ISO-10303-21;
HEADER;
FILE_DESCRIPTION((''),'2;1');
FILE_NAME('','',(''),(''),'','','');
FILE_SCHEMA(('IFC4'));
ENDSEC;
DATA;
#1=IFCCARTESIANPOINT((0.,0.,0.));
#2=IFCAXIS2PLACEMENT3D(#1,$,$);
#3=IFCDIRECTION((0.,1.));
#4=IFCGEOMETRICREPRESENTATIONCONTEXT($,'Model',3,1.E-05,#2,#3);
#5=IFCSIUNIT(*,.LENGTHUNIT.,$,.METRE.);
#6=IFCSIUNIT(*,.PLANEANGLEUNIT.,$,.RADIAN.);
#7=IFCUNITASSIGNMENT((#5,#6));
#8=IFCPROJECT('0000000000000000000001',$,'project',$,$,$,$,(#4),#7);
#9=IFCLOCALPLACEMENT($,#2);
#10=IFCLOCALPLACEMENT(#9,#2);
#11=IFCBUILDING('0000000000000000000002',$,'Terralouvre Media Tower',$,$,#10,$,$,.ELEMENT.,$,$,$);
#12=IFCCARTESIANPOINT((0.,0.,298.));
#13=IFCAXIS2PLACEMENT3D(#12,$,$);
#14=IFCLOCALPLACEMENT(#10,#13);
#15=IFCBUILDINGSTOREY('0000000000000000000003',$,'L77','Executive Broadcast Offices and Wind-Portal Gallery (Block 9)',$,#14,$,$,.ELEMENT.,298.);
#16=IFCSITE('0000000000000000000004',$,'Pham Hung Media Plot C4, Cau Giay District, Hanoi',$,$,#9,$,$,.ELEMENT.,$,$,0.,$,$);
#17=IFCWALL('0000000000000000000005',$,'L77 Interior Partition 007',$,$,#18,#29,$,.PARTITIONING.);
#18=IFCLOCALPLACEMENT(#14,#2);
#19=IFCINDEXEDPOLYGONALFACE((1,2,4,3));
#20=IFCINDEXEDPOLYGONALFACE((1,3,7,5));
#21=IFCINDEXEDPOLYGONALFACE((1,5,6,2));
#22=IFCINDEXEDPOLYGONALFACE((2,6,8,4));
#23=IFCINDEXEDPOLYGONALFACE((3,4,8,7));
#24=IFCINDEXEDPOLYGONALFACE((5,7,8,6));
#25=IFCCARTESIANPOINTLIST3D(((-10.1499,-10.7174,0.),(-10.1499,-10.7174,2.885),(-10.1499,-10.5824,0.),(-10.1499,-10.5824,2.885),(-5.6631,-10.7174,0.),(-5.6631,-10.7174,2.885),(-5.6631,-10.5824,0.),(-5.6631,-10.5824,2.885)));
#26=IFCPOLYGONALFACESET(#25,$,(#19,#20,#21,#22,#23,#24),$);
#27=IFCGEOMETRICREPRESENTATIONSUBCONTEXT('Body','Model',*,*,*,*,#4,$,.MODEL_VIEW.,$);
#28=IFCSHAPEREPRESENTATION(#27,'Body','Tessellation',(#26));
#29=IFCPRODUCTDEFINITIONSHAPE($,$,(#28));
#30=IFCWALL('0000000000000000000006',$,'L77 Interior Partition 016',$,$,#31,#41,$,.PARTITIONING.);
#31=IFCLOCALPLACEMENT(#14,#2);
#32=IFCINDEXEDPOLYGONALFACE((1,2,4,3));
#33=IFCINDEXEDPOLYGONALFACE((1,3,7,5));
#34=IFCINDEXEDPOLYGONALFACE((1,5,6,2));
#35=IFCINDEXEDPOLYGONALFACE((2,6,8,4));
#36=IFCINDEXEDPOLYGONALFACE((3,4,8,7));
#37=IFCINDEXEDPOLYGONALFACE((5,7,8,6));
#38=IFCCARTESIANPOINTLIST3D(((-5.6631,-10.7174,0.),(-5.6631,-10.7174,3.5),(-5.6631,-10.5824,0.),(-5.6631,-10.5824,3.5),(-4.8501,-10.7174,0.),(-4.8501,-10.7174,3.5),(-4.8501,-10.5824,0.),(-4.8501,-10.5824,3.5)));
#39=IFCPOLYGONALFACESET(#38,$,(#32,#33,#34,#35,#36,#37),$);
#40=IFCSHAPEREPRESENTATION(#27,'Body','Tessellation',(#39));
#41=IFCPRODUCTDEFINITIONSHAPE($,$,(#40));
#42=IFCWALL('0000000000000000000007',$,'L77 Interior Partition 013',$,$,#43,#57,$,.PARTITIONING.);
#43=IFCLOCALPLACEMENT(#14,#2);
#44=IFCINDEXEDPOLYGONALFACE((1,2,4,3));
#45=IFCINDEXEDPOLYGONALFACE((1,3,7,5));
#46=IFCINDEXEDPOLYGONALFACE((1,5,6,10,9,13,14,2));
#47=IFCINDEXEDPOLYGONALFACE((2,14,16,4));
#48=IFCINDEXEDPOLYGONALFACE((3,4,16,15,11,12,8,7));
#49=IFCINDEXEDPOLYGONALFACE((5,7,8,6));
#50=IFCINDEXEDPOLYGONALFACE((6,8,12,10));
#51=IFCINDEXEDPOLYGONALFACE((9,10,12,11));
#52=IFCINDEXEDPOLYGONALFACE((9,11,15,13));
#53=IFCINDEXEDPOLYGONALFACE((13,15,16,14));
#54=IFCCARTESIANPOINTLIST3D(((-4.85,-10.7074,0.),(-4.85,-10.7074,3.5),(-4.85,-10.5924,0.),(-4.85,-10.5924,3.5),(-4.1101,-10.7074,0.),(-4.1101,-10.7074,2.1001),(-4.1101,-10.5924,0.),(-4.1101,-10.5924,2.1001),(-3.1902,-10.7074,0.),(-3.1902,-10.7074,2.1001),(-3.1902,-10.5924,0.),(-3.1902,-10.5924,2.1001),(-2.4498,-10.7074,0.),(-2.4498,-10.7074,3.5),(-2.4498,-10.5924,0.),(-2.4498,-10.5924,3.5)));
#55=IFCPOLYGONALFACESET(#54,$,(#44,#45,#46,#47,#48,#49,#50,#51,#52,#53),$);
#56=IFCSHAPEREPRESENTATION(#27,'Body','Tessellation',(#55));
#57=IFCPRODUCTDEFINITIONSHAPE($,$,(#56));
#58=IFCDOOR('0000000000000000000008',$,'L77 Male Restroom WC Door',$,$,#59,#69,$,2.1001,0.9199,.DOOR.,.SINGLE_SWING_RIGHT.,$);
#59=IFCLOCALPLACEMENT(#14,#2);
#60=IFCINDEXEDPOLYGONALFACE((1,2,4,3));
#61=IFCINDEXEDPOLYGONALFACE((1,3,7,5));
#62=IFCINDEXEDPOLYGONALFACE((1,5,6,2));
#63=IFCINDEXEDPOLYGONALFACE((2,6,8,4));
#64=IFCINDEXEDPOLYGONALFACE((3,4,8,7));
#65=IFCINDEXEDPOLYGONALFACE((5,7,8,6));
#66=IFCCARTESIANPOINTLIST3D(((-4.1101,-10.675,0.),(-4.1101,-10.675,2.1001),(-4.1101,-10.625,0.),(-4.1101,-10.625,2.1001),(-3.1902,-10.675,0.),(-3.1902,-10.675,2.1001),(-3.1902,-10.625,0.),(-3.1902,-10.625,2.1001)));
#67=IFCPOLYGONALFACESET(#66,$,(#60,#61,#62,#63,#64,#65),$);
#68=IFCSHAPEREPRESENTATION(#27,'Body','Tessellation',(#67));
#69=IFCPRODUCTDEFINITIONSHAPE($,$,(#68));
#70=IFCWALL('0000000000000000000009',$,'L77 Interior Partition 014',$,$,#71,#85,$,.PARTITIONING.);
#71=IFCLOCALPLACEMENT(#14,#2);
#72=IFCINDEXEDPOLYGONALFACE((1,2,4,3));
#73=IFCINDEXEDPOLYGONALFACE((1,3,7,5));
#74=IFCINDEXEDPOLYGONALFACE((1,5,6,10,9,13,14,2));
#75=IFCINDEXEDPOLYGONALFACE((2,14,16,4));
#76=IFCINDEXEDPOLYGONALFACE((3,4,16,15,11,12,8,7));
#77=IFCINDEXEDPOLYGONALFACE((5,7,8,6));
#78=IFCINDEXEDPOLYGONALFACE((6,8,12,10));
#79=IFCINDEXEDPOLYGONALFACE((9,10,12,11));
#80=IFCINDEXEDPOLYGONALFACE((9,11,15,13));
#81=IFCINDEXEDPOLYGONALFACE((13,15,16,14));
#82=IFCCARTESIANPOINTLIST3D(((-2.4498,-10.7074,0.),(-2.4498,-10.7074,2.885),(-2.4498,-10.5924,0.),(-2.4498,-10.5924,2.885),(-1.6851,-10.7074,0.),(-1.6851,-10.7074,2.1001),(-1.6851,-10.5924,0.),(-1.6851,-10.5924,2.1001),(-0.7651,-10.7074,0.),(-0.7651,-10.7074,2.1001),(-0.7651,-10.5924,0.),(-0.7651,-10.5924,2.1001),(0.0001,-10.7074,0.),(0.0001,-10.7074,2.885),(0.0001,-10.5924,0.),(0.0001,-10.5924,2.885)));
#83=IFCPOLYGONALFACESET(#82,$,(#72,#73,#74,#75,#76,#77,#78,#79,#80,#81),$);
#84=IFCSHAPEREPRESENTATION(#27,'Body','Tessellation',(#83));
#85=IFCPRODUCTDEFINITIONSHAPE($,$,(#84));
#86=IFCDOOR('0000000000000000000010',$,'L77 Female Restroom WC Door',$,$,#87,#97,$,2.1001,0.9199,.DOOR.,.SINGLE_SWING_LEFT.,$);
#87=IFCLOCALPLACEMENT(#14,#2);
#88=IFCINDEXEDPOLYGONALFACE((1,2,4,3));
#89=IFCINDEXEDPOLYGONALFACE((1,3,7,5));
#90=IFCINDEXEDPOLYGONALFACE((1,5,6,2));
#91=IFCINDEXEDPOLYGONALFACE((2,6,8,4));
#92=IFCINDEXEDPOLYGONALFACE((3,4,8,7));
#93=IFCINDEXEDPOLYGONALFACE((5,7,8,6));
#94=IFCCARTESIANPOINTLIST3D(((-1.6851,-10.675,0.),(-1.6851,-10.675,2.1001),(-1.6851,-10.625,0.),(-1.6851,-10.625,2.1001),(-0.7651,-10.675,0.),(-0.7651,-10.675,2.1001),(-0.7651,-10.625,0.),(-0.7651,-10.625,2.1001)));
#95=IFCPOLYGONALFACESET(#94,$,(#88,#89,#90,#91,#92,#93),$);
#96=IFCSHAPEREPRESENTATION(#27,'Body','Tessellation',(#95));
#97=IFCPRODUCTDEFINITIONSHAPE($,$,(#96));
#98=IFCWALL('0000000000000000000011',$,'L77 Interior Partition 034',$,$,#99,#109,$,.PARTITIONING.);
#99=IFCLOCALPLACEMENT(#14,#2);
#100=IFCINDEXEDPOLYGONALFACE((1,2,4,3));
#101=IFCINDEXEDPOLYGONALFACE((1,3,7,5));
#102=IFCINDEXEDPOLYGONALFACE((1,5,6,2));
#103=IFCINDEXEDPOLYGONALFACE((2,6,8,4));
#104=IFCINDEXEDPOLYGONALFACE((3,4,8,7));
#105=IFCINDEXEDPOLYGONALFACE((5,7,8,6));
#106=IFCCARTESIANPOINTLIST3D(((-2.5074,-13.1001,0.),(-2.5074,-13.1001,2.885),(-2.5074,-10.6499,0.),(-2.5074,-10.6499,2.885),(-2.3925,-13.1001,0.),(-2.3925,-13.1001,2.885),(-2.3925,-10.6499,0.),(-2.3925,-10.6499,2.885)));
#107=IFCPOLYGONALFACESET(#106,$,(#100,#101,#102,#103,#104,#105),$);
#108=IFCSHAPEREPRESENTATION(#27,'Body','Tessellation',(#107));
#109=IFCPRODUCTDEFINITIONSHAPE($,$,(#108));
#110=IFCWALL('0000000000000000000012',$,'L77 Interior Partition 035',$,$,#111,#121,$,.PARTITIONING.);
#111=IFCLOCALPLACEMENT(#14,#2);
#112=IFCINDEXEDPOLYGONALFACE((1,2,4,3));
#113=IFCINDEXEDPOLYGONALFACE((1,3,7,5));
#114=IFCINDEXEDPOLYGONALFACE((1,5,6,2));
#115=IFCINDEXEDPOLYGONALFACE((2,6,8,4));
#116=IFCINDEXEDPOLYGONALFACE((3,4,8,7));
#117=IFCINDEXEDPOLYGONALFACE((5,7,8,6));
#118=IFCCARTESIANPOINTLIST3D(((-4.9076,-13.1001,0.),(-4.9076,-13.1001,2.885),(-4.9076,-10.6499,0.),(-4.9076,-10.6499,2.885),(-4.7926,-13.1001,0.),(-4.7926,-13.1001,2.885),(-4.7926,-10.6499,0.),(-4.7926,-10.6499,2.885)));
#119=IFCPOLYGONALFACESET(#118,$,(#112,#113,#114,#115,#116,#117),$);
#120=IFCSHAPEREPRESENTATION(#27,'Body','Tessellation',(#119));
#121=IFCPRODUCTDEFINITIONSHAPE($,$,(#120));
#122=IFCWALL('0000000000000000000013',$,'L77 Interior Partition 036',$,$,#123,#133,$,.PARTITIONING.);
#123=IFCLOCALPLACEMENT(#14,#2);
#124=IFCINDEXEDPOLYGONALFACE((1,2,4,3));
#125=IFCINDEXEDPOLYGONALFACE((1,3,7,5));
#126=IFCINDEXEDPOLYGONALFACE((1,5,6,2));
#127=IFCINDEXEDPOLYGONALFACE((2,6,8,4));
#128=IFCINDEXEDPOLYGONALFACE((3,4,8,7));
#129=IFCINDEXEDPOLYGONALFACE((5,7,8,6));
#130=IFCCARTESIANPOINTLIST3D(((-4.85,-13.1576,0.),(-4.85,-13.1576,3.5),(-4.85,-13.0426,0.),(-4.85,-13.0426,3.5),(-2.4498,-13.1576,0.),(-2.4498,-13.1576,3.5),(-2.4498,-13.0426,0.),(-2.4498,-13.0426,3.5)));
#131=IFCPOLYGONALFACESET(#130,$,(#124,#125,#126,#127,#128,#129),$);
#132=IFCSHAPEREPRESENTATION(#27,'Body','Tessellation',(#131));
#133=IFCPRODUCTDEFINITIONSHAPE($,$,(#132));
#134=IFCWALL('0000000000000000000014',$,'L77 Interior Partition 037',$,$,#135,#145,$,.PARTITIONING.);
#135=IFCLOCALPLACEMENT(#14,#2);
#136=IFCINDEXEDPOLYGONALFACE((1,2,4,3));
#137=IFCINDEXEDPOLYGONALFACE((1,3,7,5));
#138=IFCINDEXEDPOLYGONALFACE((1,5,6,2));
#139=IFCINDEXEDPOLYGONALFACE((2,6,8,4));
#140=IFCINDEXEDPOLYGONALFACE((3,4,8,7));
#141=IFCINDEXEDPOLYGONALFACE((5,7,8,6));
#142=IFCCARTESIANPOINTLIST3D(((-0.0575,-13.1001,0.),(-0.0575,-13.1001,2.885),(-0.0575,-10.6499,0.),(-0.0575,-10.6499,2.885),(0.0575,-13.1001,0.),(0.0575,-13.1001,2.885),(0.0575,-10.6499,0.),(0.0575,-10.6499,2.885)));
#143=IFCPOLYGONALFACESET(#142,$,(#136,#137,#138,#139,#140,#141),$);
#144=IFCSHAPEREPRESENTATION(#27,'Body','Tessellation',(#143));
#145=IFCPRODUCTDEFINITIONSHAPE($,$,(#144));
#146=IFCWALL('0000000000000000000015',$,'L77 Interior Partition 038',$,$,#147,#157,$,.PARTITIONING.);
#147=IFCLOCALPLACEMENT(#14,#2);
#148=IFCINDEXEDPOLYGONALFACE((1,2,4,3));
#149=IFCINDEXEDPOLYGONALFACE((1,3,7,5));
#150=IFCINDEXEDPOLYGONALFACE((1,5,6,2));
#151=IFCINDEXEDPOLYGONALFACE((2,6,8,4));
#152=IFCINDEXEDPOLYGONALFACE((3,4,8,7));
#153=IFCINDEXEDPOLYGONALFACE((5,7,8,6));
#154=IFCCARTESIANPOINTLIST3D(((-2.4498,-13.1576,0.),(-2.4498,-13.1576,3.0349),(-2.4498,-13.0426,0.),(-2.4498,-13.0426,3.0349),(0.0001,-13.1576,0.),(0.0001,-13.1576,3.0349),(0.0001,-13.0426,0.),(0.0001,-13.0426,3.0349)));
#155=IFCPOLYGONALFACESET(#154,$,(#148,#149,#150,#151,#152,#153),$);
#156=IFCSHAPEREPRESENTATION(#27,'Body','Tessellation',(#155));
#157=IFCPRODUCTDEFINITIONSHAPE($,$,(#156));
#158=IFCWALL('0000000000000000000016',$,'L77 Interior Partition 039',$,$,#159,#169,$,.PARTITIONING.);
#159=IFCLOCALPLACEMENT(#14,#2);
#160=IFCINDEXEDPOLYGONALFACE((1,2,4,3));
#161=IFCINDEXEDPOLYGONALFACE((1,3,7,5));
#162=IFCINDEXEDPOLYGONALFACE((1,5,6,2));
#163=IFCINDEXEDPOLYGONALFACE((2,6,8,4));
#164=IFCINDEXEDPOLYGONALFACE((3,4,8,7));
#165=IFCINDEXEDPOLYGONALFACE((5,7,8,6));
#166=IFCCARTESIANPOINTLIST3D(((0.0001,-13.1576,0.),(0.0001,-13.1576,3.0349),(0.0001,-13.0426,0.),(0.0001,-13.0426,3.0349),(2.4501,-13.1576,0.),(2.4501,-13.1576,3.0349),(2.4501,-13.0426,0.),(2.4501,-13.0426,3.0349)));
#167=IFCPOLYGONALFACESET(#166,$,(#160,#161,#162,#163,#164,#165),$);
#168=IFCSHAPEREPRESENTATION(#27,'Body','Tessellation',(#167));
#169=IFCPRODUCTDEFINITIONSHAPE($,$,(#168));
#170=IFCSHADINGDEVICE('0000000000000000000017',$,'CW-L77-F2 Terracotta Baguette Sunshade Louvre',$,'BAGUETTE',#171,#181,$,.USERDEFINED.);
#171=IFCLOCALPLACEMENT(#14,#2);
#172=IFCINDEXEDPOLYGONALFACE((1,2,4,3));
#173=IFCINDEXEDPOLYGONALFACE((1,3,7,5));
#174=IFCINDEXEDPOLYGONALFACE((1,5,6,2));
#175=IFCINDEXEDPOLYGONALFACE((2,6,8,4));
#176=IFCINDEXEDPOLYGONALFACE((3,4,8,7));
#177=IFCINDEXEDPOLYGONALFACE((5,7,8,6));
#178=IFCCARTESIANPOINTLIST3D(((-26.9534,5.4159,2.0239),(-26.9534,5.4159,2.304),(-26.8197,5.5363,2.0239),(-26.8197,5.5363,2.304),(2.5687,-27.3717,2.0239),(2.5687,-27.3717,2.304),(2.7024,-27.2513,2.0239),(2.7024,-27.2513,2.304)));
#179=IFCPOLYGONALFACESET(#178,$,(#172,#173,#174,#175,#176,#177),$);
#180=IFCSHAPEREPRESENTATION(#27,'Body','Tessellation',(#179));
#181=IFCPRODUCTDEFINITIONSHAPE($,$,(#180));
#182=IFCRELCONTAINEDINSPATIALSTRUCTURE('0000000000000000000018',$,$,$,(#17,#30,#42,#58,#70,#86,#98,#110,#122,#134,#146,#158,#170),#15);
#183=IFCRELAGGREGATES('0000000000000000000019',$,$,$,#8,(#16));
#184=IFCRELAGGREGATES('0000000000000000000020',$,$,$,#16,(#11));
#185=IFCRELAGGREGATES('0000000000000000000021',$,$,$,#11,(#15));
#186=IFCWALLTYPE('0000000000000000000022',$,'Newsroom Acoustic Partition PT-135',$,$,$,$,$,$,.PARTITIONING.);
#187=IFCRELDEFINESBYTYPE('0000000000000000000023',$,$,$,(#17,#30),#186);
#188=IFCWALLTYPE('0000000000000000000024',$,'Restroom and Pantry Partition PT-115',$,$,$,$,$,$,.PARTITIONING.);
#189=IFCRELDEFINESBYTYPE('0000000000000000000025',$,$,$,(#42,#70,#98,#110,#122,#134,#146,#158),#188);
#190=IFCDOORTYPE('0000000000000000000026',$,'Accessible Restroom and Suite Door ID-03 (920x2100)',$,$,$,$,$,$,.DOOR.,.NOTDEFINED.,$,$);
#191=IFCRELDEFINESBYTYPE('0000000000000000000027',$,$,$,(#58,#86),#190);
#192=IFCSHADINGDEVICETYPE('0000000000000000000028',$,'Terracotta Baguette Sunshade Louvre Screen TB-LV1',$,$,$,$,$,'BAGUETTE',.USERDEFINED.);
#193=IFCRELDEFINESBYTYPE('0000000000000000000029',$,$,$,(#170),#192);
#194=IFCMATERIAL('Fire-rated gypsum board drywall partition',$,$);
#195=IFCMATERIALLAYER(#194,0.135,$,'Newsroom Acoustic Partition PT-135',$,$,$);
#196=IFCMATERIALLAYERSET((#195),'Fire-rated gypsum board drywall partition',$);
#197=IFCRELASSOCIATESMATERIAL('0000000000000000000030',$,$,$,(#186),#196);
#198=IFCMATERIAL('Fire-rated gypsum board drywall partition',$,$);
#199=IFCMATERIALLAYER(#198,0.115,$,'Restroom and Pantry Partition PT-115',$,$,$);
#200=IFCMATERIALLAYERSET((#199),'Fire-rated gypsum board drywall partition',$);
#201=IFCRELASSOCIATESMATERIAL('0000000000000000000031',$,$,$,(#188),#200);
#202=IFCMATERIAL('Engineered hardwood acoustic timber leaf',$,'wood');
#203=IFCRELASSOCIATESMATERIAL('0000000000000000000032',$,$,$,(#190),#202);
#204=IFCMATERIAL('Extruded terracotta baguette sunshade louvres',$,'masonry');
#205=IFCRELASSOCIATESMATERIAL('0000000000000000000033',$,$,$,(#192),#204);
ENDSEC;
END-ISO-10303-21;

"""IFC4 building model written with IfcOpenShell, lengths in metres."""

from ifc_helpers import new_model, si_unit, direction, frame, frame_2d, origin, origin_2d, place, context, subcontext, project, spatial, rectangle, extrude, material, layer, layer_set, type_object, element, fill, save


model = new_model("IFC4")

# Units and contexts
model_context = context("Model", 3, precision=1e-05, world=origin(), true_north=direction((0.0, 1.0)))
body_context = subcontext(model_context, "Body", "Model", "MODEL_VIEW")
ifc_project = project(units=[si_unit("LENGTHUNIT", "METRE"), si_unit("PLANEANGLEUNIT", "RADIAN")], contexts=[model_context])

# Site, building, storey
site_placement = place(None, origin())
site = spatial("IfcSite", under=ifc_project, at=site_placement, Name="Pham Hung Media Plot C4, Cau Giay District, Hanoi", CompositionType="ELEMENT", RefElevation=0.0)
building_placement = place(site_placement, origin())
building = spatial("IfcBuilding", under=site, at=building_placement, Name="Terralouvre Media Tower", CompositionType="ELEMENT")
storey_placement = place(building_placement, frame((0.0, 0.0, 298.0)))
storey = spatial("IfcBuildingStorey", under=building, at=storey_placement, Name="L77", Description="Executive Broadcast Offices and Wind-Portal Gallery (Block 9)", CompositionType="ELEMENT", Elevation=298.0)

# Walls
ifc_material_1 = material(Name="Fire-rated gypsum board drywall partition")
ifc_layer_1 = layer(ifc_material_1, 0.135, Name="Newsroom Acoustic Partition PT-135")
ifc_layer_set_1 = layer_set([ifc_layer_1], Name="Fire-rated gypsum board drywall partition")
wall_type_1 = type_object("IfcWallType", Name="Newsroom Acoustic Partition PT-135", PredefinedType="PARTITIONING", material=ifc_layer_set_1)
wall_1_placement = place(storey_placement, frame((-10.1499, -10.6499, 0.0), z_axis=(0.0, 0.0, 1.0), x_axis=(1.0, 0.0, 0.0)))
element("IfcWall", 1, at=wall_1_placement, inside=storey, type_object=wall_type_1, Name="L77 Interior Partition 007", PredefinedType="PARTITIONING", context=body_context, shape_type="SweptSolid", body=[
    extrude(rectangle(XDim=4.4868, YDim=0.135, at=frame_2d((2.2434, 0.0))), origin(), (0.0, 0.0, 1.0), 2.885),
])
wall_2_placement = place(storey_placement, frame((-5.6631, -10.6499, 0.0), z_axis=(0.0, 0.0, 1.0), x_axis=(1.0, 0.0, 0.0)))
element("IfcWall", 2, at=wall_2_placement, inside=storey, type_object=wall_type_1, Name="L77 Interior Partition 016", PredefinedType="PARTITIONING", context=body_context, shape_type="SweptSolid", body=[
    extrude(rectangle(XDim=0.813, YDim=0.135, at=frame_2d((0.4065, 0.0))), origin(), (0.0, 0.0, 1.0), 3.5),
])

# Walls, openings, doors
ifc_material_2 = material(Name="Fire-rated gypsum board drywall partition")
ifc_layer_2 = layer(ifc_material_2, 0.115, Name="Restroom and Pantry Partition PT-115")
ifc_layer_set_2 = layer_set([ifc_layer_2], Name="Fire-rated gypsum board drywall partition")
wall_type_2 = type_object("IfcWallType", Name="Restroom and Pantry Partition PT-115", PredefinedType="PARTITIONING", material=ifc_layer_set_2)
wall_3_placement = place(storey_placement, frame((-4.8501, -10.6499, 0.0), z_axis=(0.0, 0.0, 1.0), x_axis=(1.0, 0.0, 0.0)))
wall_3 = element("IfcWall", 3, at=wall_3_placement, inside=storey, type_object=wall_type_2, Name="L77 Interior Partition 013", PredefinedType="PARTITIONING", context=body_context, shape_type="SweptSolid", body=[
    extrude(rectangle(XDim=2.4001, YDim=0.115, at=frame_2d((1.2002, 0.0))), origin(), (0.0, 0.0, 1.0), 3.5),
])
opening_1_placement = place(wall_3_placement, frame((0.74, 0.0, 0.0)))
opening_1 = element("IfcOpeningElement", 4, at=opening_1_placement, cuts=wall_3, PredefinedType="OPENING", context=body_context, shape_type="SweptSolid", body=[
    extrude(rectangle(XDim=0.9199, YDim=2.1001, at=frame_2d((0.46, 1.05))), frame((0.0, 0.0674, 0.0), z_axis=(0.0, -1.0, 0.0), x_axis=(1.0, 0.0, 0.0)), (0.0, 0.0, 1.0), 0.135),
])
ifc_material_3 = material(Name="Engineered hardwood acoustic timber leaf", Category="wood")
door_type = type_object("IfcDoorType", Name="Accessible Restroom and Suite Door ID-03 (920x2100)", OperationType="NOTDEFINED", PredefinedType="DOOR", material=ifc_material_3)
door_1_placement = place(opening_1_placement, origin())
door_1 = element("IfcDoor", 5, at=door_1_placement, inside=storey, type_object=door_type, Name="L77 Male Restroom WC Door", OperationType="SINGLE_SWING_RIGHT", OverallHeight=2.1001, OverallWidth=0.9199, PredefinedType="DOOR", context=body_context, shape_type="SweptSolid", body=[
    extrude(rectangle(XDim=0.9199, YDim=2.1001, at=frame_2d((0.46, 1.05))), frame((0.0, 0.0249, 0.0), z_axis=(0.0, -1.0, 0.0), x_axis=(1.0, 0.0, 0.0)), (0.0, 0.0, 1.0), 0.05),
])
fill(opening_1, door_1)
wall_4_placement = place(storey_placement, frame((-2.45, -10.6499, 0.0), z_axis=(0.0, 0.0, 1.0), x_axis=(1.0, 0.0, 0.0)))
wall_4 = element("IfcWall", 6, at=wall_4_placement, inside=storey, type_object=wall_type_2, Name="L77 Interior Partition 014", PredefinedType="PARTITIONING", context=body_context, shape_type="SweptSolid", body=[
    extrude(rectangle(XDim=2.45, YDim=0.115, at=frame_2d((1.2251, 0.0))), origin(), (0.0, 0.0, 1.0), 2.885),
])
opening_2_placement = place(wall_4_placement, frame((0.7649, 0.0, 0.0)))
opening_2 = element("IfcOpeningElement", 7, at=opening_2_placement, cuts=wall_4, PredefinedType="OPENING", context=body_context, shape_type="SweptSolid", body=[
    extrude(rectangle(XDim=0.9199, YDim=2.1001, at=frame_2d((0.46, 1.05))), frame((0.0, 0.0674, 0.0), z_axis=(0.0, -1.0, 0.0), x_axis=(1.0, 0.0, 0.0)), (0.0, 0.0, 1.0), 0.135),
])
door_2_placement = place(opening_2_placement, origin())
door_2 = element("IfcDoor", 8, at=door_2_placement, inside=storey, type_object=door_type, Name="L77 Female Restroom WC Door", OperationType="SINGLE_SWING_LEFT", OverallHeight=2.1001, OverallWidth=0.9199, PredefinedType="DOOR", context=body_context, shape_type="SweptSolid", body=[
    extrude(rectangle(XDim=0.9199, YDim=2.1001, at=frame_2d((0.46, 1.05))), frame((0.0, 0.0249, 0.0), z_axis=(0.0, -1.0, 0.0), x_axis=(1.0, 0.0, 0.0)), (0.0, 0.0, 1.0), 0.05),
])
fill(opening_2, door_2)

# Walls
for number, where, z_axis, x_axis, name in (
    (9, (-2.45, -13.1001, 0.0), (0.0, 0.0, 1.0), (0.0, 1.0, 0.0), "L77 Interior Partition 034"),
    (10, (-4.8501, -10.6499, 0.0), (0.0, 0.0, 1.0), (0.0, -1.0, 0.0), "L77 Interior Partition 035"),
):
    element("IfcWall", number, at=place(storey_placement, frame(where, z_axis=z_axis, x_axis=x_axis)), inside=storey, type_object=wall_type_2, Name=name, PredefinedType="PARTITIONING", context=body_context, shape_type="SweptSolid", body=[
        extrude(rectangle(XDim=2.4502, YDim=0.115, at=frame_2d((1.2251, 0.0))), origin(), (0.0, 0.0, 1.0), 2.885),
    ])
wall_5_placement = place(storey_placement, frame((-4.8501, -13.1001, 0.0), z_axis=(0.0, 0.0, 1.0), x_axis=(1.0, 0.0, 0.0)))
element("IfcWall", 11, at=wall_5_placement, inside=storey, type_object=wall_type_2, Name="L77 Interior Partition 036", PredefinedType="PARTITIONING", context=body_context, shape_type="SweptSolid", body=[
    extrude(rectangle(XDim=2.4001, YDim=0.115, at=frame_2d((1.2002, 0.0))), origin(), (0.0, 0.0, 1.0), 3.5),
])
wall_6_placement = place(storey_placement, frame((0.0, -13.1001, 0.0), z_axis=(0.0, 0.0, 1.0), x_axis=(0.0, 1.0, 0.0)))
element("IfcWall", 12, at=wall_6_placement, inside=storey, type_object=wall_type_2, Name="L77 Interior Partition 037", PredefinedType="PARTITIONING", context=body_context, shape_type="SweptSolid", body=[
    extrude(rectangle(XDim=2.4502, YDim=0.115, at=frame_2d((1.2251, 0.0))), origin(), (0.0, 0.0, 1.0), 2.885),
])
for number, where, z_axis, x_axis, name in (
    (13, (-2.45, -13.1001, 0.0), (0.0, 0.0, 1.0), (1.0, 0.0, 0.0), "L77 Interior Partition 038"),
    (14, (0.0, -13.1001, 0.0), (0.0, 0.0, 1.0), (1.0, 0.0, 0.0), "L77 Interior Partition 039"),
):
    element("IfcWall", number, at=place(storey_placement, frame(where, z_axis=z_axis, x_axis=x_axis)), inside=storey, type_object=wall_type_2, Name=name, PredefinedType="PARTITIONING", context=body_context, shape_type="SweptSolid", body=[
        extrude(rectangle(XDim=2.45, YDim=0.115, at=frame_2d((1.2251, 0.0))), origin(), (0.0, 0.0, 1.0), 3.0349),
    ])

# Shading device
ifc_material_4 = material(Name="Extruded terracotta baguette sunshade louvres", Category="masonry")
shading_device_type = type_object("IfcShadingDeviceType", Name="Terracotta Baguette Sunshade Louvre Screen TB-LV1", ElementType="BAGUETTE", PredefinedType="USERDEFINED", material=ifc_material_4)
shading_device_placement = place(storey_placement, frame((-12.1255, -10.9177, 2.0239), z_axis=(0.0, 0.0, 1.0), x_axis=(0.669131, -0.743145, 0.0)))
element("IfcShadingDevice", 15, at=shading_device_placement, inside=storey, type_object=shading_device_type, Name="CW-L77-F2 Terracotta Baguette Sunshade Louvre", ObjectType="BAGUETTE", PredefinedType="USERDEFINED", context=body_context, shape_type="SweptSolid", body=[
    extrude(rectangle(XDim=44.1201, YDim=0.1799, at=origin_2d()), origin(), (0.0, 0.0, 1.0), 0.28),
])

save(model, "model.ifc")
